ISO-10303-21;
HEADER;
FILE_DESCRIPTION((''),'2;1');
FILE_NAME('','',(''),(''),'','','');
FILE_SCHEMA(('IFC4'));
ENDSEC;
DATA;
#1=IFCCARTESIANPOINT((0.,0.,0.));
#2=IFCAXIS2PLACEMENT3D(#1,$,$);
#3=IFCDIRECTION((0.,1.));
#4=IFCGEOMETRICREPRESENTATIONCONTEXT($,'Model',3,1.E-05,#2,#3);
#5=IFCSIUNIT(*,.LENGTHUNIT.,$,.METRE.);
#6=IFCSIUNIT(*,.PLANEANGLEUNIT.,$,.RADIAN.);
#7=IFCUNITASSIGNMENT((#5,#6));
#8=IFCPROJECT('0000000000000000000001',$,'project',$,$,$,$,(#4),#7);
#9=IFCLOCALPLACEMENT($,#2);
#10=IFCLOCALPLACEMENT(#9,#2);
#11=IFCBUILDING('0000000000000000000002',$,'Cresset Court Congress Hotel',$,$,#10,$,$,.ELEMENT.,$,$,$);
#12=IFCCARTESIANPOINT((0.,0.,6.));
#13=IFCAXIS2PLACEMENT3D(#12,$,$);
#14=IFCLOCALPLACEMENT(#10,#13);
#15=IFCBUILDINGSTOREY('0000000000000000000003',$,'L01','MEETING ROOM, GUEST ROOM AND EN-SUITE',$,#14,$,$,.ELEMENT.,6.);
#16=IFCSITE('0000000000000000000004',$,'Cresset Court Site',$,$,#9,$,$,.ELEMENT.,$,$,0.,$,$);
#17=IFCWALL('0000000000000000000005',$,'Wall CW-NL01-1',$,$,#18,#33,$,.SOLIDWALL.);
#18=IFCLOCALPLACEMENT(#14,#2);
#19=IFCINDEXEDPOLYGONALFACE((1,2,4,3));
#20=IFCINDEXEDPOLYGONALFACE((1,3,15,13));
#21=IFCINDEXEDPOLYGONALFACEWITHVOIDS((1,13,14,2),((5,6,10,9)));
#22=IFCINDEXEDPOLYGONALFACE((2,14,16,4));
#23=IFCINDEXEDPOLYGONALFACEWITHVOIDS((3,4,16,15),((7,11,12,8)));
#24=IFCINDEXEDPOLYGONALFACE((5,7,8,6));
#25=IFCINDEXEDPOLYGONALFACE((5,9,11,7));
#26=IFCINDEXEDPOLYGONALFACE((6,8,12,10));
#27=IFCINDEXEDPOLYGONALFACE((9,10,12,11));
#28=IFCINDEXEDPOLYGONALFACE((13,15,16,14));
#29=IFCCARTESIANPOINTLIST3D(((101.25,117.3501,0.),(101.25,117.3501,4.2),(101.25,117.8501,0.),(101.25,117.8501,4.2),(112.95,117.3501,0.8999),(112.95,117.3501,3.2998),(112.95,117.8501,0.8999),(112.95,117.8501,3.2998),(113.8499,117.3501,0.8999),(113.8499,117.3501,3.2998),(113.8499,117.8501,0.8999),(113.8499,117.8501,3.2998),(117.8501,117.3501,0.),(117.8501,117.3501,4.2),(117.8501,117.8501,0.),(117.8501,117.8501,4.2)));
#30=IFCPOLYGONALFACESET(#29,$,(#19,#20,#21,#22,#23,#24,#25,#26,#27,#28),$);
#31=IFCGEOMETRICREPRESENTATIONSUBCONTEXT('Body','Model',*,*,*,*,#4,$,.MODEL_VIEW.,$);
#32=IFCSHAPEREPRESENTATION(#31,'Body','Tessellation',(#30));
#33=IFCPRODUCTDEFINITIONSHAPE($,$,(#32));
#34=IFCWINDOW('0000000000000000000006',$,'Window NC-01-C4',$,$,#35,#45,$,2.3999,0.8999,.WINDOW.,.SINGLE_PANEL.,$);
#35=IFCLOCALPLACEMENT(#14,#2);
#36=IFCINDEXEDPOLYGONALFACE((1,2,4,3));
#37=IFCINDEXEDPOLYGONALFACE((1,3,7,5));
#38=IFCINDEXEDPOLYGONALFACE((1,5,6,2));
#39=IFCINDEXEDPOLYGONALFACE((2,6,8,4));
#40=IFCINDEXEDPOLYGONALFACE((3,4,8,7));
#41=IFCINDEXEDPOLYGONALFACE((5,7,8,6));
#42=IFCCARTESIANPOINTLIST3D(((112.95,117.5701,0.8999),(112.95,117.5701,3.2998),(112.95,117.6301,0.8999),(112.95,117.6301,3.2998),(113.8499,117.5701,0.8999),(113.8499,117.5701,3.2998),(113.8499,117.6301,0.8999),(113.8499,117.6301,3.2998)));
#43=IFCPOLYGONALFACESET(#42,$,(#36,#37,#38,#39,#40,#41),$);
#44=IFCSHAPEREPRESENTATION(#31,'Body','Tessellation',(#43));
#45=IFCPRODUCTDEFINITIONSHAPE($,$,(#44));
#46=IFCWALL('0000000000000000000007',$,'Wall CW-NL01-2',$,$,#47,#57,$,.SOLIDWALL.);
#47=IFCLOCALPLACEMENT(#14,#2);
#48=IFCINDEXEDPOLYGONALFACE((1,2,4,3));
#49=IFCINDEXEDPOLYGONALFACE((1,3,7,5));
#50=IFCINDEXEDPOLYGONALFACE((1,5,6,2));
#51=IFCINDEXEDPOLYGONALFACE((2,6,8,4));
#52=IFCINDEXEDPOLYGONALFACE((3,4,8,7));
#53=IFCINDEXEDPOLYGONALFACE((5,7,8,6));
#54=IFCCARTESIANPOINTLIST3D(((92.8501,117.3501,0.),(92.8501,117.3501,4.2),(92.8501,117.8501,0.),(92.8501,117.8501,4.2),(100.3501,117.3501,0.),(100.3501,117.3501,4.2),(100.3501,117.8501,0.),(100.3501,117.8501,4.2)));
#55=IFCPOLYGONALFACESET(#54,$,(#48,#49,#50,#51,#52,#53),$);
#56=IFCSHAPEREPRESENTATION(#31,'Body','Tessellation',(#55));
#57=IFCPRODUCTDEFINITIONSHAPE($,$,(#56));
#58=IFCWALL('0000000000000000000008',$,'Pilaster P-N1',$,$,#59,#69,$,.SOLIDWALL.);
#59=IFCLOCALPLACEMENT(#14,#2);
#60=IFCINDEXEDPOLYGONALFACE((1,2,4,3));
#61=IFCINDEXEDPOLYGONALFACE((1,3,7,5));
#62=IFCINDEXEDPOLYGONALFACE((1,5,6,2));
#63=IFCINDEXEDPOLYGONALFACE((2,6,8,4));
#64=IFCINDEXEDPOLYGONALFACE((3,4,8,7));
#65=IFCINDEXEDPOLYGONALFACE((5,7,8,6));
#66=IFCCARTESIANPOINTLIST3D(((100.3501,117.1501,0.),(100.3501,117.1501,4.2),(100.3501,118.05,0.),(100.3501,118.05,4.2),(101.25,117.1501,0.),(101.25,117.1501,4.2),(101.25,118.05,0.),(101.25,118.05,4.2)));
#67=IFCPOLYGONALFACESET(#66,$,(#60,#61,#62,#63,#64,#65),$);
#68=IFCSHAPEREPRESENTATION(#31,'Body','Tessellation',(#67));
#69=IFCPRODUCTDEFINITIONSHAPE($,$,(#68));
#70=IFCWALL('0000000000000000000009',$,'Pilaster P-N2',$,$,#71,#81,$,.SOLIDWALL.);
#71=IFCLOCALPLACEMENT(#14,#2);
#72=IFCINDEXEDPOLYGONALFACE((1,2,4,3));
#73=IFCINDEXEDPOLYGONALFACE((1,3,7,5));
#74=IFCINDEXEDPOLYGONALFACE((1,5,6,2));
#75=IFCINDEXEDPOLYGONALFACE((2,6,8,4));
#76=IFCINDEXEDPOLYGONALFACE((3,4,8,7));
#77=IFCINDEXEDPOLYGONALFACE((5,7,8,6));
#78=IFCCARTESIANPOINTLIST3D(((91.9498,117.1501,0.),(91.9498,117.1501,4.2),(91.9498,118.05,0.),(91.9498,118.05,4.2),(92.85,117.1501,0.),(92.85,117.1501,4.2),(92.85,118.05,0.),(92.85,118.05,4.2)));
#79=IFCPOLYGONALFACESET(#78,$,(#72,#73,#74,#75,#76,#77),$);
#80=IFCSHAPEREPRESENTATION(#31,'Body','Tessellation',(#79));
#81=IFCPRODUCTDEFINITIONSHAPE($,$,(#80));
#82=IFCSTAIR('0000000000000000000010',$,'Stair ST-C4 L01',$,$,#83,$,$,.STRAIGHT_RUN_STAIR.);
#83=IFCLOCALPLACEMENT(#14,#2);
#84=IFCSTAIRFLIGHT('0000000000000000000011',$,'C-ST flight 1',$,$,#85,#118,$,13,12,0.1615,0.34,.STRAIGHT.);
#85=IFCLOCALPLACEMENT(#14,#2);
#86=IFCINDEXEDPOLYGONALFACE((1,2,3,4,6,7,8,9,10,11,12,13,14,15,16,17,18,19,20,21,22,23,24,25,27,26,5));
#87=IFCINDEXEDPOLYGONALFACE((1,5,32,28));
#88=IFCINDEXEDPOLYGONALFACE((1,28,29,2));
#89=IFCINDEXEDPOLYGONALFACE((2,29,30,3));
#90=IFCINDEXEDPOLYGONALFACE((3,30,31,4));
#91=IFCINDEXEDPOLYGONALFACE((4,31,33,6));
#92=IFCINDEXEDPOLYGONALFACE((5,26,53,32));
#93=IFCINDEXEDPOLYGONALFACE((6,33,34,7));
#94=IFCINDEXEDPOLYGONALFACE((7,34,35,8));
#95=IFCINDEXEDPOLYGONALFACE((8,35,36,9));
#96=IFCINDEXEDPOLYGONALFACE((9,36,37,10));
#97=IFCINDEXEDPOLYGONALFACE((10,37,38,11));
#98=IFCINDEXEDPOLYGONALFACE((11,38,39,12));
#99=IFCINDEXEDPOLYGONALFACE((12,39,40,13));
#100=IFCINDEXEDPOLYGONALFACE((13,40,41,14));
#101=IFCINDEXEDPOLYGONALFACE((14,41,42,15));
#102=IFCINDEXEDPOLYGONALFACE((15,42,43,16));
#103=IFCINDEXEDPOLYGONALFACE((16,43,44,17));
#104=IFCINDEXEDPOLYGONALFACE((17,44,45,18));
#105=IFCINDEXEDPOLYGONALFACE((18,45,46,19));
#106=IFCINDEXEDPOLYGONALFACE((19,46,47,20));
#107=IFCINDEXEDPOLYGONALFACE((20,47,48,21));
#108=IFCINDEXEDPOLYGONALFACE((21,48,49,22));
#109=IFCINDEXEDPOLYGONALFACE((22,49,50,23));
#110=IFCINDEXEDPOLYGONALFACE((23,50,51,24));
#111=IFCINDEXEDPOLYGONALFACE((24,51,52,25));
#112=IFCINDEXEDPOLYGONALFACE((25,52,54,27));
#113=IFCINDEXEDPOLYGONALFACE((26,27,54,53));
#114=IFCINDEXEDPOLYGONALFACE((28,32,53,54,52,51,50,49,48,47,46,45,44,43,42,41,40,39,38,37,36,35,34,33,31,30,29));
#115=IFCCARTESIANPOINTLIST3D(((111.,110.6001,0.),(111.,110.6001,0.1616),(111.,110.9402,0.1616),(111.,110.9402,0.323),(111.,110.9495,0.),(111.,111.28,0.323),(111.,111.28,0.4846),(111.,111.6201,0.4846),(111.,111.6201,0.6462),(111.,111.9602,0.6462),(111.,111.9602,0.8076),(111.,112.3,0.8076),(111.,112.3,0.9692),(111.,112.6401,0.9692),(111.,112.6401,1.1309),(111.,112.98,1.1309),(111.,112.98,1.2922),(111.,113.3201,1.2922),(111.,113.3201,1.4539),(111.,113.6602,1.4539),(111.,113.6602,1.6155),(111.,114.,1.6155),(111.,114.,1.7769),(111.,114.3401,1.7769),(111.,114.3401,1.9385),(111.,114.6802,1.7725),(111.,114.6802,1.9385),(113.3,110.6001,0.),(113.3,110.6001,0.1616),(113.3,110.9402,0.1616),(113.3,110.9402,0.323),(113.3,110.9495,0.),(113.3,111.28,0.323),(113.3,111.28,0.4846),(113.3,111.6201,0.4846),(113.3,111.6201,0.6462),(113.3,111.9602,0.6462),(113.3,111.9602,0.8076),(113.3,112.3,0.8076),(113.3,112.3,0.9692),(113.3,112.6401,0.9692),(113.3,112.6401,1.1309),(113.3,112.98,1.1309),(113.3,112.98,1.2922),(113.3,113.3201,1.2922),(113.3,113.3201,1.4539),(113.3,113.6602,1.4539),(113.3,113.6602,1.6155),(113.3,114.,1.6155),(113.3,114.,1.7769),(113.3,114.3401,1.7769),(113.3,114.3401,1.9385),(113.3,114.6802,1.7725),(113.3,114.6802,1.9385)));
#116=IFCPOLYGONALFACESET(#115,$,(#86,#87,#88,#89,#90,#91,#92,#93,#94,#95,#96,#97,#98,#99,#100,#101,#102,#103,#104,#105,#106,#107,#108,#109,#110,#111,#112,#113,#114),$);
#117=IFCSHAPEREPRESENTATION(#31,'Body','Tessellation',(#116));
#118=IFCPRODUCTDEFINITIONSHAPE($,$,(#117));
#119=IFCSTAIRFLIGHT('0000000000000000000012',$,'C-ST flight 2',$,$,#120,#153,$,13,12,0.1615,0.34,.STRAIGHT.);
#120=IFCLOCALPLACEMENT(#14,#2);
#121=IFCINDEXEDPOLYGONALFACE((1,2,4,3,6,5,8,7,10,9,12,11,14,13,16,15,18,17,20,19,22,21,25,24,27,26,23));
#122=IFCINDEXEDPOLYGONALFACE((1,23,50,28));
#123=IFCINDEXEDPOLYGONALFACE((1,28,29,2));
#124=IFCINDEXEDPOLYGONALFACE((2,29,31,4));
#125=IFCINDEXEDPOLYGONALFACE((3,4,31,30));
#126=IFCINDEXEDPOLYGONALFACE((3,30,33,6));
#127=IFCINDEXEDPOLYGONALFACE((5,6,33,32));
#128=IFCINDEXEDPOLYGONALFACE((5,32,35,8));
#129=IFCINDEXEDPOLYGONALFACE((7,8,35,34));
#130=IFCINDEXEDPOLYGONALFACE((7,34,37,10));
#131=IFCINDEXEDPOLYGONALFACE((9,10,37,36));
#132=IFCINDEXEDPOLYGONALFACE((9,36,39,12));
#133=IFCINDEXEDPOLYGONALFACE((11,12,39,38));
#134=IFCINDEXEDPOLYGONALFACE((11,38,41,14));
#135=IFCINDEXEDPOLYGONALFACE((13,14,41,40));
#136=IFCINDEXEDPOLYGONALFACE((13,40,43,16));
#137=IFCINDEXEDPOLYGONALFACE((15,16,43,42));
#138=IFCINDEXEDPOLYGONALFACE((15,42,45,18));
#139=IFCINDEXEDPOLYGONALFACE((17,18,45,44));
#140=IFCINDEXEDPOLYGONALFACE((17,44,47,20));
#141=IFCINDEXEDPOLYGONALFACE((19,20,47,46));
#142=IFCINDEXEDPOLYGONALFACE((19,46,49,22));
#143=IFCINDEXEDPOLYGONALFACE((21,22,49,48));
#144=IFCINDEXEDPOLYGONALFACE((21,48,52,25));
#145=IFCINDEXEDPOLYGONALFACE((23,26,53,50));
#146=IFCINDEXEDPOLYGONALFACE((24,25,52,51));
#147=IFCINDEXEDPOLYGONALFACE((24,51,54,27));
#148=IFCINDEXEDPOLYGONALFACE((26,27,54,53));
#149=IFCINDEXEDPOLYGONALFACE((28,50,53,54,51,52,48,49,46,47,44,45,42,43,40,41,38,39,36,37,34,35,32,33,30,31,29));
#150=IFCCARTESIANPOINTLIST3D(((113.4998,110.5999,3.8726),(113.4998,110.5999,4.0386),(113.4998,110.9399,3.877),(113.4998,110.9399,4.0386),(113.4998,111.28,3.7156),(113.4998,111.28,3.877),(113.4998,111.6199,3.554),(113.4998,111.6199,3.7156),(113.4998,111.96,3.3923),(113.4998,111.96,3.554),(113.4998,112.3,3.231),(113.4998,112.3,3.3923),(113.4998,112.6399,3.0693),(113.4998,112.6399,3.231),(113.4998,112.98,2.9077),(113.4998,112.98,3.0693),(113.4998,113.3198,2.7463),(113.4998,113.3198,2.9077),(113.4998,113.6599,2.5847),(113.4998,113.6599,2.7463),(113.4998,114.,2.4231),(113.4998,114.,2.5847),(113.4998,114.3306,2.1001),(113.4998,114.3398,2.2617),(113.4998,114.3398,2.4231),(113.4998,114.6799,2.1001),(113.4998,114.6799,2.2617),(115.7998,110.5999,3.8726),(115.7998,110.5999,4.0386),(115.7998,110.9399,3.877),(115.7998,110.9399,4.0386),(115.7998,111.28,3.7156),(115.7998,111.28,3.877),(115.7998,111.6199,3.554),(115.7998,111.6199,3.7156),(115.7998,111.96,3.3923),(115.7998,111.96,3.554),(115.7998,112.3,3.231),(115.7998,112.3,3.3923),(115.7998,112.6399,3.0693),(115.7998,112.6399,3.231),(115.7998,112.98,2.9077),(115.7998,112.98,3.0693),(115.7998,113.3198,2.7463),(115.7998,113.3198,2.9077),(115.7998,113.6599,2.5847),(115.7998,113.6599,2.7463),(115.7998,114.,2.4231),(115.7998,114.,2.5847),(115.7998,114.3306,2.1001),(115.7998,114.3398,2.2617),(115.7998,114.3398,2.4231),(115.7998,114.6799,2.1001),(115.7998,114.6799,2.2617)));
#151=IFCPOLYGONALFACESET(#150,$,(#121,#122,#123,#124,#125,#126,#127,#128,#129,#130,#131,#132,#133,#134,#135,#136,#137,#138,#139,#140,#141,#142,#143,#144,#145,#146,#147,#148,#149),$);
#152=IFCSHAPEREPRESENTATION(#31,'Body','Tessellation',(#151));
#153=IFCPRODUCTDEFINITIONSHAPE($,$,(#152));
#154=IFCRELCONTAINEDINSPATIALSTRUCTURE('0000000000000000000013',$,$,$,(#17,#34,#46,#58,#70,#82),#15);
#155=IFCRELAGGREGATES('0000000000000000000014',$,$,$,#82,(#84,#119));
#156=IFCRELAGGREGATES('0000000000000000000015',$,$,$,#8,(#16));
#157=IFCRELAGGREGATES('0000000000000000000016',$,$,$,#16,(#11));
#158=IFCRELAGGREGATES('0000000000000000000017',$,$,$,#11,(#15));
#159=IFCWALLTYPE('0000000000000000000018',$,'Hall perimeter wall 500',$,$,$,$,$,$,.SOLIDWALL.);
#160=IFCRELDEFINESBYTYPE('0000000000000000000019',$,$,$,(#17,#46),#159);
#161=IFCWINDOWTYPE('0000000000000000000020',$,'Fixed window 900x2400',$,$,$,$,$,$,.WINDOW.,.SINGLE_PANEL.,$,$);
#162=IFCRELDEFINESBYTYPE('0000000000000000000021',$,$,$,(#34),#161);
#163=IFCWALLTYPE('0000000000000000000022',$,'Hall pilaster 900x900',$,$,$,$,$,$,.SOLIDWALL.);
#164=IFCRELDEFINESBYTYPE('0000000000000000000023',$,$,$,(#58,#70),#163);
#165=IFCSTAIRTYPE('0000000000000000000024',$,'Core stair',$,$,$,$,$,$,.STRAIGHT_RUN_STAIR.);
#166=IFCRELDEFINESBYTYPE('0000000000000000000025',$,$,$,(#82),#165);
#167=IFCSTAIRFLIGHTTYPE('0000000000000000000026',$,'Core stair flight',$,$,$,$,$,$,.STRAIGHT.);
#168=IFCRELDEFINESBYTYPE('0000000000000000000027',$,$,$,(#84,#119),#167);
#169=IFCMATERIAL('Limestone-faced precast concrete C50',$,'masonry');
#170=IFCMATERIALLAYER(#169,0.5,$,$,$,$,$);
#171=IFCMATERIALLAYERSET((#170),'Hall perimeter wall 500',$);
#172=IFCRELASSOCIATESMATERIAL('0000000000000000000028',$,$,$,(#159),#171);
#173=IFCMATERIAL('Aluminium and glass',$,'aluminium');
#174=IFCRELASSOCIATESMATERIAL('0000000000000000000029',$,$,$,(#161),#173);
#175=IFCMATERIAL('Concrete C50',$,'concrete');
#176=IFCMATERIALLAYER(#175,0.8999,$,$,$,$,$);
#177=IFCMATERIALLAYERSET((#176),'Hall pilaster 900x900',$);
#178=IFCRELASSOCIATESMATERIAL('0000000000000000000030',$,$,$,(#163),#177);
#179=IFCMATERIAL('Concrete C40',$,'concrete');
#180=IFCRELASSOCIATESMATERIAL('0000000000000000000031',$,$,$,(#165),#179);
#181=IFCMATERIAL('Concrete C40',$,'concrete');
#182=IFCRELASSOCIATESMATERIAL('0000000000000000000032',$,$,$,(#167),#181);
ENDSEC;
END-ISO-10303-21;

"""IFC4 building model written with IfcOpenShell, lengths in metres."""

from ifc_helpers import new_model, si_unit, direction, frame, frame_2d, origin, place, context, subcontext, project, spatial, polyline, rectangle, outline, extrude, material, layer, layer_set, type_object, element, fill, aggregate, save


model = new_model("IFC4")

# Units and contexts
model_context = context("Model", 3, precision=1e-05, world=origin(), true_north=direction((0.0, 1.0)))
body_context = subcontext(model_context, "Body", "Model", "MODEL_VIEW")
ifc_project = project(units=[si_unit("LENGTHUNIT", "METRE"), si_unit("PLANEANGLEUNIT", "RADIAN")], contexts=[model_context])

# Site, building, storey
site_placement = place(None, origin())
site = spatial("IfcSite", under=ifc_project, at=site_placement, Name="Cresset Court Site", CompositionType="ELEMENT", RefElevation=0.0)
building_placement = place(site_placement, origin())
building = spatial("IfcBuilding", under=site, at=building_placement, Name="Cresset Court Congress Hotel", CompositionType="ELEMENT")
storey_placement = place(building_placement, frame((0.0, 0.0, 6.0)))
storey = spatial("IfcBuildingStorey", under=building, at=storey_placement, Name="L01", Description="MEETING ROOM, GUEST ROOM AND EN-SUITE", CompositionType="ELEMENT", Elevation=6.0)

# Shared definitions
ifc_material_1 = material(Name="Limestone-faced precast concrete C50", Category="masonry")
ifc_layer_1 = layer(ifc_material_1, 0.5)
ifc_layer_set_1 = layer_set([ifc_layer_1], Name="Hall perimeter wall 500")
wall_type_1 = type_object("IfcWallType", Name="Hall perimeter wall 500", PredefinedType="SOLIDWALL", material=ifc_layer_set_1)

# Wall, opening, window
wall_1_placement = place(storey_placement, frame((101.25, 117.6001, 0.0), z_axis=(0.0, 0.0, 1.0), x_axis=(1.0, 0.0, 0.0)))
wall_1 = element("IfcWall", 1, at=wall_1_placement, inside=storey, type_object=wall_type_1, Name="Wall CW-NL01-1", PredefinedType="SOLIDWALL", context=body_context, shape_type="SweptSolid", body=[
    extrude(rectangle(XDim=16.6001, YDim=0.5, at=frame_2d((8.3, 0.0))), origin(), (0.0, 0.0, 1.0), 4.2),
])
opening_1_placement = place(wall_1_placement, frame((11.7, 0.0, 0.8999)))
opening_1 = element("IfcOpeningElement", 2, at=opening_1_placement, cuts=wall_1, PredefinedType="OPENING", context=body_context, shape_type="SweptSolid", body=[
    extrude(rectangle(XDim=0.8999, YDim=2.3999, at=frame_2d((0.45, 1.2))), frame((0.0, 0.26, 0.0), z_axis=(0.0, -1.0, 0.0), x_axis=(1.0, 0.0, 0.0)), (0.0, 0.0, 1.0), 0.52),
])
ifc_material_2 = material(Name="Aluminium and glass", Category="aluminium")
window_type = type_object("IfcWindowType", Name="Fixed window 900x2400", PartitioningType="SINGLE_PANEL", PredefinedType="WINDOW", material=ifc_material_2)
window_placement = place(opening_1_placement, origin())
window = element("IfcWindow", 3, at=window_placement, inside=storey, type_object=window_type, Name="Window NC-01-C4", OverallHeight=2.3999, OverallWidth=0.8999, PartitioningType="SINGLE_PANEL", PredefinedType="WINDOW", context=body_context, shape_type="SweptSolid", body=[
    extrude(rectangle(XDim=0.8999, YDim=2.3999, at=frame_2d((0.45, 1.2))), frame((0.0, 0.03, 0.0), z_axis=(0.0, -1.0, 0.0), x_axis=(1.0, 0.0, 0.0)), (0.0, 0.0, 1.0), 0.0601),
])
fill(opening_1, window)

# Walls
wall_2_placement = place(storey_placement, frame((92.8501, 117.6001, 0.0), z_axis=(0.0, 0.0, 1.0), x_axis=(1.0, 0.0, 0.0)))
element("IfcWall", 4, at=wall_2_placement, inside=storey, type_object=wall_type_1, Name="Wall CW-NL01-2", PredefinedType="SOLIDWALL", context=body_context, shape_type="SweptSolid", body=[
    extrude(rectangle(XDim=7.5, YDim=0.5, at=frame_2d((3.75, 0.0))), origin(), (0.0, 0.0, 1.0), 4.2),
])
ifc_material_3 = material(Name="Concrete C50", Category="concrete")
ifc_layer_2 = layer(ifc_material_3, 0.8999)
ifc_layer_set_2 = layer_set([ifc_layer_2], Name="Hall pilaster 900x900")
wall_type_2 = type_object("IfcWallType", Name="Hall pilaster 900x900", PredefinedType="SOLIDWALL", material=ifc_layer_set_2)
wall_3_placement = place(storey_placement, frame((101.25, 117.6001, 0.0), z_axis=(0.0, 0.0, 1.0), x_axis=(-1.0, 0.0, 0.0)))
element("IfcWall", 5, at=wall_3_placement, inside=storey, type_object=wall_type_2, Name="Pilaster P-N1", PredefinedType="SOLIDWALL", context=body_context, shape_type="SweptSolid", body=[
    extrude(rectangle(XDim=0.8999, YDim=0.8999, at=frame_2d((0.45, 0.0))), origin(), (0.0, 0.0, 1.0), 4.2),
])
wall_4_placement = place(storey_placement, frame((92.8501, 117.6001, 0.0), z_axis=(0.0, 0.0, 1.0), x_axis=(-1.0, 0.0, 0.0)))
element("IfcWall", 6, at=wall_4_placement, inside=storey, type_object=wall_type_2, Name="Pilaster P-N2", PredefinedType="SOLIDWALL", context=body_context, shape_type="SweptSolid", body=[
    extrude(rectangle(XDim=0.9001, YDim=0.8999, at=frame_2d((0.4502, 0.0))), origin(), (0.0, 0.0, 1.0), 4.2),
])

# Stair, stair flights
ifc_material_4 = material(Name="Concrete C40", Category="concrete")
stair_type = type_object("IfcStairType", Name="Core stair", PredefinedType="STRAIGHT_RUN_STAIR", material=ifc_material_4)
stair_placement = place(storey_placement, origin())
stair = element("IfcStair", 7, at=stair_placement, inside=storey, type_object=stair_type, Name="Stair ST-C4 L01", PredefinedType="STRAIGHT_RUN_STAIR")
ifc_material_5 = material(Name="Concrete C40", Category="concrete")
stair_flight_type = type_object("IfcStairFlightType", Name="Core stair flight", PredefinedType="STRAIGHT", material=ifc_material_5)
stair_flight_1_placement = place(storey_placement, frame((112.1499, 110.6001, 0.0), z_axis=(0.0, 0.0, 1.0), x_axis=(0.0, 1.0, 0.0)))
stair_flight_1 = element("IfcStairFlight", 8, at=stair_flight_1_placement, type_object=stair_flight_type, Name="C-ST flight 1", NumberOfRisers=13, NumberOfTreads=12, PredefinedType="STRAIGHT", RiserHeight=0.1615, TreadLength=0.34, context=body_context, shape_type="SweptSolid", body=[
    extrude(outline(polyline([(0.0, 0.0), (0.0, 0.1616), (0.3401, 0.1616), (0.3401, 0.323), (0.6799, 0.323), (0.6799, 0.4846), (1.02, 0.4846), (1.02, 0.6462), (1.3601, 0.6462), (1.3601, 0.8076), (1.7, 0.8076), (1.7, 0.9692), (2.04, 0.9692), (2.04, 1.1309), (2.3799, 1.1309), (2.3799, 1.2922), (2.72, 1.2922), (2.72, 1.4539), (3.0601, 1.4539), (3.0601, 1.6155), (3.3999, 1.6155), (3.3999, 1.7769), (3.74, 1.7769), (3.74, 1.9385), (4.0801, 1.9385), (4.0801, 2.1001), (4.0801, 1.7725), (0.3494, 0.0), (0.0, 0.0)])), frame((0.0, 1.1499, 0.0), z_axis=(0.0, -1.0, 0.0), x_axis=(1.0, 0.0, 0.0)), (0.0, 0.0, 1.0), 2.3),
])
stair_flight_2_placement = place(storey_placement, frame((114.6499, 114.6799, 2.1001), z_axis=(0.0, 0.0, 1.0), x_axis=(0.0, -1.0, 0.0)))
stair_flight_2 = element("IfcStairFlight", 9, at=stair_flight_2_placement, type_object=stair_flight_type, Name="C-ST flight 2", NumberOfRisers=13, NumberOfTreads=12, PredefinedType="STRAIGHT", RiserHeight=0.1615, TreadLength=0.34, context=body_context, shape_type="SweptSolid", body=[
    extrude(outline(polyline([(0.0, 0.0), (0.0, 0.1616), (0.3401, 0.1616), (0.3401, 0.323), (0.6799, 0.323), (0.6799, 0.4846), (1.02, 0.4846), (1.02, 0.6462), (1.3601, 0.6462), (1.3601, 0.8076), (1.7, 0.8076), (1.7, 0.9692), (2.04, 0.9692), (2.04, 1.1309), (2.3799, 1.1309), (2.3799, 1.2922), (2.72, 1.2922), (2.72, 1.4539), (3.0601, 1.4539), (3.0601, 1.6155), (3.3999, 1.6155), (3.3999, 1.7769), (3.74, 1.7769), (3.74, 1.9385), (4.0801, 1.9385), (4.0801, 2.1001), (4.0801, 1.7725), (0.3494, 0.0), (0.0, 0.0)])), frame((0.0, 1.1499, 0.0), z_axis=(0.0, -1.0, 0.0), x_axis=(1.0, 0.0, 0.0)), (0.0, 0.0, 1.0), 2.3),
])
aggregate(stair, [stair_flight_1, stair_flight_2])

save(model, "model.ifc")
